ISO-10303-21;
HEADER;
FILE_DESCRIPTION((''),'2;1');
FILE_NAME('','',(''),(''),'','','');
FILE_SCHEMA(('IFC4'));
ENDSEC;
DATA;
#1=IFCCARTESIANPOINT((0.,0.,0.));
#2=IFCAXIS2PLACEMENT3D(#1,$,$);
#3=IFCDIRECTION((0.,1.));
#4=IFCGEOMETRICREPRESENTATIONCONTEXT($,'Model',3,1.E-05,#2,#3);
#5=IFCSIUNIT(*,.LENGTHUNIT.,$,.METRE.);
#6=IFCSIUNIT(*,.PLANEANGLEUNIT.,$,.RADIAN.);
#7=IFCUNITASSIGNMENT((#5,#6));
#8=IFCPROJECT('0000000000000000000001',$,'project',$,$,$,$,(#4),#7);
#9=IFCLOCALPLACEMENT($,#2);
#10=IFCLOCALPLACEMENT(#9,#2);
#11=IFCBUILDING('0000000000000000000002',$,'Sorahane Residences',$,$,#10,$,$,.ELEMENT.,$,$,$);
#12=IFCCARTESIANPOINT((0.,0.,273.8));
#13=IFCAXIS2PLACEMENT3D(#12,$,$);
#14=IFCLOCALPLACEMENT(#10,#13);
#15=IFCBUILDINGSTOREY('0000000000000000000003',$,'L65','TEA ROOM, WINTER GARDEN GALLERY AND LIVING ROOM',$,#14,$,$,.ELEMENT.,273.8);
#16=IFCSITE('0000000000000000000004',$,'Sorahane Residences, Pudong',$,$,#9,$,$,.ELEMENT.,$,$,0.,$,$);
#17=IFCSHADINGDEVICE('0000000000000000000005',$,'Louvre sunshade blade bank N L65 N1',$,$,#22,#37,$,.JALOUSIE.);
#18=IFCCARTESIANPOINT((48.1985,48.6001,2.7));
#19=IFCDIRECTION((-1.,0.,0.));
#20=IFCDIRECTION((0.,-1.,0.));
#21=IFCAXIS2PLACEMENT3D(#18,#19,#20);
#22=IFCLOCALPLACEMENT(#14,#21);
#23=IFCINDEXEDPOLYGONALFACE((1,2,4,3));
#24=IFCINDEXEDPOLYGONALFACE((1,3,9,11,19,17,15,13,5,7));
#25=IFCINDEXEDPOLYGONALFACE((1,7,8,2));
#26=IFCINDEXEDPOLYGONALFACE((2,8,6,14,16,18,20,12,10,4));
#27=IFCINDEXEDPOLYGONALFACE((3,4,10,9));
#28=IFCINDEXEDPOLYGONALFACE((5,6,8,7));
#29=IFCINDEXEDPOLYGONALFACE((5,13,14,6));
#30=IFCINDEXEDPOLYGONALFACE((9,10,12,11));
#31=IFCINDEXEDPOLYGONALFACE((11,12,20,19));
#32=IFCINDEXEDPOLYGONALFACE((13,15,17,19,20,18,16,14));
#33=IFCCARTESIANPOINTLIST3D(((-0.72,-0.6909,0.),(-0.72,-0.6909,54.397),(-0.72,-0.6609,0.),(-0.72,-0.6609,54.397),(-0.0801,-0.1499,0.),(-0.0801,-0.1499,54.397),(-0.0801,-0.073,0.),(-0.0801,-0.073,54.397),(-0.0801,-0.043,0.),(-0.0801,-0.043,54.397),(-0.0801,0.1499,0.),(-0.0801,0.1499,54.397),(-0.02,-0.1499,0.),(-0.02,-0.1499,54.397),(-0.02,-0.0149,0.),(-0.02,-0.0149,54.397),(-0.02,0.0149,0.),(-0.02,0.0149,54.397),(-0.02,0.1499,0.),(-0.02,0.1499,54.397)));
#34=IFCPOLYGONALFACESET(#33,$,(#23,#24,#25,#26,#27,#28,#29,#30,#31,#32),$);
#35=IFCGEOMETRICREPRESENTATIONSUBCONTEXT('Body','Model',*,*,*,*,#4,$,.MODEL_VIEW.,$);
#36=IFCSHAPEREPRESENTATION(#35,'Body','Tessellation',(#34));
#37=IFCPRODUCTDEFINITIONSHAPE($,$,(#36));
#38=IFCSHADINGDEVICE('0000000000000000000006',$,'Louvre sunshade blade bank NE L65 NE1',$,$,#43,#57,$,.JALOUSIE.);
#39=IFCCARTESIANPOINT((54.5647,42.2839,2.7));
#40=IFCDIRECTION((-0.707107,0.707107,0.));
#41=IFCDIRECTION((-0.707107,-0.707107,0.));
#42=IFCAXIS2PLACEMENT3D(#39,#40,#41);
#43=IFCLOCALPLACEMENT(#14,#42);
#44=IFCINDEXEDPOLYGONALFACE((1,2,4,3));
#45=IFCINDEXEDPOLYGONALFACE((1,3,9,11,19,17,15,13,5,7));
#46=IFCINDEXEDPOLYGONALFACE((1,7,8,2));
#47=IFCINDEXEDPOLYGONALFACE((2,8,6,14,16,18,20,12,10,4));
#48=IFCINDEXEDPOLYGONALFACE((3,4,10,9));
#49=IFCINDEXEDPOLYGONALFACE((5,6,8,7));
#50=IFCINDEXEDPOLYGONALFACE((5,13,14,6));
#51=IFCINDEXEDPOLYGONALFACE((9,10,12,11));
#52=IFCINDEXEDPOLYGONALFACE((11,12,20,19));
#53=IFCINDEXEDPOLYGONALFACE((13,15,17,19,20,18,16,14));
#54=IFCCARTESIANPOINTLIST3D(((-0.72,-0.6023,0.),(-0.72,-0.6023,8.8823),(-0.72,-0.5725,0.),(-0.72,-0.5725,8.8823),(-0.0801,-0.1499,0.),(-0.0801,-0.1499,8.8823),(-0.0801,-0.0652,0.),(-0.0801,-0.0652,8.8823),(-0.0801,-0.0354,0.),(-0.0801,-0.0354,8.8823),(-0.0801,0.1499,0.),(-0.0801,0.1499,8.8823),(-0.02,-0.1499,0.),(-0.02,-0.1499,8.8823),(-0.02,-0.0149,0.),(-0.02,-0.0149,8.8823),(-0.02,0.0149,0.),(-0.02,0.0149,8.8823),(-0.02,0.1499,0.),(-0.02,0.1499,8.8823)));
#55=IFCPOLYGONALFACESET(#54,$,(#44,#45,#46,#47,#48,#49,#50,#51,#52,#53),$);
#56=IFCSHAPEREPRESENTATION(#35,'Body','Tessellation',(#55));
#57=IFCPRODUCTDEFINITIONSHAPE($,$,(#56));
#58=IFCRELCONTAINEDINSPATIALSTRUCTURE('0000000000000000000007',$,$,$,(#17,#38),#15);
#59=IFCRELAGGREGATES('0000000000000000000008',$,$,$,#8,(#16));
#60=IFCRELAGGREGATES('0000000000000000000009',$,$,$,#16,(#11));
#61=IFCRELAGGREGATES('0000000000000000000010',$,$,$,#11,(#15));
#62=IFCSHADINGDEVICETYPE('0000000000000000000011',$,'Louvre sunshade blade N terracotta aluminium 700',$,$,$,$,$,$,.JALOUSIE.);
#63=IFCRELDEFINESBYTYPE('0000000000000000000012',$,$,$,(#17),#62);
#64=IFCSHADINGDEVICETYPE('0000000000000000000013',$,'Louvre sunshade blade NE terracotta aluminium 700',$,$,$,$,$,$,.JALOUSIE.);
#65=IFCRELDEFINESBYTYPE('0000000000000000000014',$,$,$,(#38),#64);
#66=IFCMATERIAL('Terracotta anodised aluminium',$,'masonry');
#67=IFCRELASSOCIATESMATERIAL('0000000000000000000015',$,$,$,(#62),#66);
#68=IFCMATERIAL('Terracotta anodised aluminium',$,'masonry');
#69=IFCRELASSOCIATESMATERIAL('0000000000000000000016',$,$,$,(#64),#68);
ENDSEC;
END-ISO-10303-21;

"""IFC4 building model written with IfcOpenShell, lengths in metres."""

from ifc_helpers import new_model, si_unit, direction, frame, origin, place, context, subcontext, project, spatial, polyline, outline, extrude, material, type_object, element, save


model = new_model("IFC4")

# Units and contexts
model_context = context("Model", 3, precision=1e-05, world=origin(), true_north=direction((0.0, 1.0)))
body_context = subcontext(model_context, "Body", "Model", "MODEL_VIEW")
ifc_project = project(units=[si_unit("LENGTHUNIT", "METRE"), si_unit("PLANEANGLEUNIT", "RADIAN")], contexts=[model_context])

# Site, building, storey
site_placement = place(None, origin())
site = spatial("IfcSite", under=ifc_project, at=site_placement, Name="Sorahane Residences, Pudong", CompositionType="ELEMENT", RefElevation=0.0)
building_placement = place(site_placement, origin())
building = spatial("IfcBuilding", under=site, at=building_placement, Name="Sorahane Residences", CompositionType="ELEMENT")
storey_placement = place(building_placement, frame((0.0, 0.0, 273.8)))
storey = spatial("IfcBuildingStorey", under=building, at=storey_placement, Name="L65", Description="TEA ROOM, WINTER GARDEN GALLERY AND LIVING ROOM", CompositionType="ELEMENT", Elevation=273.8)

# Shading devices
ifc_material_1 = material(Name="Terracotta anodised aluminium", Category="masonry")
shading_device_type_1 = type_object("IfcShadingDeviceType", Name="Louvre sunshade blade N terracotta aluminium 700", PredefinedType="JALOUSIE", material=ifc_material_1)
shading_device_1_placement = place(storey_placement, frame((48.1985, 48.6001, 2.7), z_axis=(-1.0, 0.0, 0.0), x_axis=(0.0, -1.0, 0.0)))
element("IfcShadingDevice", 1, at=shading_device_1_placement, inside=storey, type_object=shading_device_type_1, Name="Louvre sunshade blade bank N L65 N1", PredefinedType="JALOUSIE", context=body_context, shape_type="SweptSolid", body=[
    extrude(outline(polyline([(-0.72, -0.6609), (-0.72, -0.6909), (-0.0801, -0.073), (-0.0801, -0.1499), (-0.02, -0.1499), (-0.02, -0.0149), (-0.02, 0.0149), (-0.02, 0.1499), (-0.0801, 0.1499), (-0.0801, -0.043), (-0.72, -0.6609)])), origin(), (0.0, 0.0, 1.0), 54.397),
])
ifc_material_2 = material(Name="Terracotta anodised aluminium", Category="masonry")
shading_device_type_2 = type_object("IfcShadingDeviceType", Name="Louvre sunshade blade NE terracotta aluminium 700", PredefinedType="JALOUSIE", material=ifc_material_2)
shading_device_2_placement = place(storey_placement, frame((54.5647, 42.2839, 2.7), z_axis=(-0.707107, 0.707107, 0.0), x_axis=(-0.707107, -0.707107, 0.0)))
element("IfcShadingDevice", 2, at=shading_device_2_placement, inside=storey, type_object=shading_device_type_2, Name="Louvre sunshade blade bank NE L65 NE1", PredefinedType="JALOUSIE", context=body_context, shape_type="SweptSolid", body=[
    extrude(outline(polyline([(-0.72, -0.5725), (-0.72, -0.6023), (-0.0801, -0.0652), (-0.0801, -0.1499), (-0.02, -0.1499), (-0.02, -0.0149), (-0.02, 0.0149), (-0.02, 0.1499), (-0.0801, 0.1499), (-0.0801, -0.0354), (-0.72, -0.5725)])), origin(), (0.0, 0.0, 1.0), 8.8823),
])

save(model, "model.ifc")
